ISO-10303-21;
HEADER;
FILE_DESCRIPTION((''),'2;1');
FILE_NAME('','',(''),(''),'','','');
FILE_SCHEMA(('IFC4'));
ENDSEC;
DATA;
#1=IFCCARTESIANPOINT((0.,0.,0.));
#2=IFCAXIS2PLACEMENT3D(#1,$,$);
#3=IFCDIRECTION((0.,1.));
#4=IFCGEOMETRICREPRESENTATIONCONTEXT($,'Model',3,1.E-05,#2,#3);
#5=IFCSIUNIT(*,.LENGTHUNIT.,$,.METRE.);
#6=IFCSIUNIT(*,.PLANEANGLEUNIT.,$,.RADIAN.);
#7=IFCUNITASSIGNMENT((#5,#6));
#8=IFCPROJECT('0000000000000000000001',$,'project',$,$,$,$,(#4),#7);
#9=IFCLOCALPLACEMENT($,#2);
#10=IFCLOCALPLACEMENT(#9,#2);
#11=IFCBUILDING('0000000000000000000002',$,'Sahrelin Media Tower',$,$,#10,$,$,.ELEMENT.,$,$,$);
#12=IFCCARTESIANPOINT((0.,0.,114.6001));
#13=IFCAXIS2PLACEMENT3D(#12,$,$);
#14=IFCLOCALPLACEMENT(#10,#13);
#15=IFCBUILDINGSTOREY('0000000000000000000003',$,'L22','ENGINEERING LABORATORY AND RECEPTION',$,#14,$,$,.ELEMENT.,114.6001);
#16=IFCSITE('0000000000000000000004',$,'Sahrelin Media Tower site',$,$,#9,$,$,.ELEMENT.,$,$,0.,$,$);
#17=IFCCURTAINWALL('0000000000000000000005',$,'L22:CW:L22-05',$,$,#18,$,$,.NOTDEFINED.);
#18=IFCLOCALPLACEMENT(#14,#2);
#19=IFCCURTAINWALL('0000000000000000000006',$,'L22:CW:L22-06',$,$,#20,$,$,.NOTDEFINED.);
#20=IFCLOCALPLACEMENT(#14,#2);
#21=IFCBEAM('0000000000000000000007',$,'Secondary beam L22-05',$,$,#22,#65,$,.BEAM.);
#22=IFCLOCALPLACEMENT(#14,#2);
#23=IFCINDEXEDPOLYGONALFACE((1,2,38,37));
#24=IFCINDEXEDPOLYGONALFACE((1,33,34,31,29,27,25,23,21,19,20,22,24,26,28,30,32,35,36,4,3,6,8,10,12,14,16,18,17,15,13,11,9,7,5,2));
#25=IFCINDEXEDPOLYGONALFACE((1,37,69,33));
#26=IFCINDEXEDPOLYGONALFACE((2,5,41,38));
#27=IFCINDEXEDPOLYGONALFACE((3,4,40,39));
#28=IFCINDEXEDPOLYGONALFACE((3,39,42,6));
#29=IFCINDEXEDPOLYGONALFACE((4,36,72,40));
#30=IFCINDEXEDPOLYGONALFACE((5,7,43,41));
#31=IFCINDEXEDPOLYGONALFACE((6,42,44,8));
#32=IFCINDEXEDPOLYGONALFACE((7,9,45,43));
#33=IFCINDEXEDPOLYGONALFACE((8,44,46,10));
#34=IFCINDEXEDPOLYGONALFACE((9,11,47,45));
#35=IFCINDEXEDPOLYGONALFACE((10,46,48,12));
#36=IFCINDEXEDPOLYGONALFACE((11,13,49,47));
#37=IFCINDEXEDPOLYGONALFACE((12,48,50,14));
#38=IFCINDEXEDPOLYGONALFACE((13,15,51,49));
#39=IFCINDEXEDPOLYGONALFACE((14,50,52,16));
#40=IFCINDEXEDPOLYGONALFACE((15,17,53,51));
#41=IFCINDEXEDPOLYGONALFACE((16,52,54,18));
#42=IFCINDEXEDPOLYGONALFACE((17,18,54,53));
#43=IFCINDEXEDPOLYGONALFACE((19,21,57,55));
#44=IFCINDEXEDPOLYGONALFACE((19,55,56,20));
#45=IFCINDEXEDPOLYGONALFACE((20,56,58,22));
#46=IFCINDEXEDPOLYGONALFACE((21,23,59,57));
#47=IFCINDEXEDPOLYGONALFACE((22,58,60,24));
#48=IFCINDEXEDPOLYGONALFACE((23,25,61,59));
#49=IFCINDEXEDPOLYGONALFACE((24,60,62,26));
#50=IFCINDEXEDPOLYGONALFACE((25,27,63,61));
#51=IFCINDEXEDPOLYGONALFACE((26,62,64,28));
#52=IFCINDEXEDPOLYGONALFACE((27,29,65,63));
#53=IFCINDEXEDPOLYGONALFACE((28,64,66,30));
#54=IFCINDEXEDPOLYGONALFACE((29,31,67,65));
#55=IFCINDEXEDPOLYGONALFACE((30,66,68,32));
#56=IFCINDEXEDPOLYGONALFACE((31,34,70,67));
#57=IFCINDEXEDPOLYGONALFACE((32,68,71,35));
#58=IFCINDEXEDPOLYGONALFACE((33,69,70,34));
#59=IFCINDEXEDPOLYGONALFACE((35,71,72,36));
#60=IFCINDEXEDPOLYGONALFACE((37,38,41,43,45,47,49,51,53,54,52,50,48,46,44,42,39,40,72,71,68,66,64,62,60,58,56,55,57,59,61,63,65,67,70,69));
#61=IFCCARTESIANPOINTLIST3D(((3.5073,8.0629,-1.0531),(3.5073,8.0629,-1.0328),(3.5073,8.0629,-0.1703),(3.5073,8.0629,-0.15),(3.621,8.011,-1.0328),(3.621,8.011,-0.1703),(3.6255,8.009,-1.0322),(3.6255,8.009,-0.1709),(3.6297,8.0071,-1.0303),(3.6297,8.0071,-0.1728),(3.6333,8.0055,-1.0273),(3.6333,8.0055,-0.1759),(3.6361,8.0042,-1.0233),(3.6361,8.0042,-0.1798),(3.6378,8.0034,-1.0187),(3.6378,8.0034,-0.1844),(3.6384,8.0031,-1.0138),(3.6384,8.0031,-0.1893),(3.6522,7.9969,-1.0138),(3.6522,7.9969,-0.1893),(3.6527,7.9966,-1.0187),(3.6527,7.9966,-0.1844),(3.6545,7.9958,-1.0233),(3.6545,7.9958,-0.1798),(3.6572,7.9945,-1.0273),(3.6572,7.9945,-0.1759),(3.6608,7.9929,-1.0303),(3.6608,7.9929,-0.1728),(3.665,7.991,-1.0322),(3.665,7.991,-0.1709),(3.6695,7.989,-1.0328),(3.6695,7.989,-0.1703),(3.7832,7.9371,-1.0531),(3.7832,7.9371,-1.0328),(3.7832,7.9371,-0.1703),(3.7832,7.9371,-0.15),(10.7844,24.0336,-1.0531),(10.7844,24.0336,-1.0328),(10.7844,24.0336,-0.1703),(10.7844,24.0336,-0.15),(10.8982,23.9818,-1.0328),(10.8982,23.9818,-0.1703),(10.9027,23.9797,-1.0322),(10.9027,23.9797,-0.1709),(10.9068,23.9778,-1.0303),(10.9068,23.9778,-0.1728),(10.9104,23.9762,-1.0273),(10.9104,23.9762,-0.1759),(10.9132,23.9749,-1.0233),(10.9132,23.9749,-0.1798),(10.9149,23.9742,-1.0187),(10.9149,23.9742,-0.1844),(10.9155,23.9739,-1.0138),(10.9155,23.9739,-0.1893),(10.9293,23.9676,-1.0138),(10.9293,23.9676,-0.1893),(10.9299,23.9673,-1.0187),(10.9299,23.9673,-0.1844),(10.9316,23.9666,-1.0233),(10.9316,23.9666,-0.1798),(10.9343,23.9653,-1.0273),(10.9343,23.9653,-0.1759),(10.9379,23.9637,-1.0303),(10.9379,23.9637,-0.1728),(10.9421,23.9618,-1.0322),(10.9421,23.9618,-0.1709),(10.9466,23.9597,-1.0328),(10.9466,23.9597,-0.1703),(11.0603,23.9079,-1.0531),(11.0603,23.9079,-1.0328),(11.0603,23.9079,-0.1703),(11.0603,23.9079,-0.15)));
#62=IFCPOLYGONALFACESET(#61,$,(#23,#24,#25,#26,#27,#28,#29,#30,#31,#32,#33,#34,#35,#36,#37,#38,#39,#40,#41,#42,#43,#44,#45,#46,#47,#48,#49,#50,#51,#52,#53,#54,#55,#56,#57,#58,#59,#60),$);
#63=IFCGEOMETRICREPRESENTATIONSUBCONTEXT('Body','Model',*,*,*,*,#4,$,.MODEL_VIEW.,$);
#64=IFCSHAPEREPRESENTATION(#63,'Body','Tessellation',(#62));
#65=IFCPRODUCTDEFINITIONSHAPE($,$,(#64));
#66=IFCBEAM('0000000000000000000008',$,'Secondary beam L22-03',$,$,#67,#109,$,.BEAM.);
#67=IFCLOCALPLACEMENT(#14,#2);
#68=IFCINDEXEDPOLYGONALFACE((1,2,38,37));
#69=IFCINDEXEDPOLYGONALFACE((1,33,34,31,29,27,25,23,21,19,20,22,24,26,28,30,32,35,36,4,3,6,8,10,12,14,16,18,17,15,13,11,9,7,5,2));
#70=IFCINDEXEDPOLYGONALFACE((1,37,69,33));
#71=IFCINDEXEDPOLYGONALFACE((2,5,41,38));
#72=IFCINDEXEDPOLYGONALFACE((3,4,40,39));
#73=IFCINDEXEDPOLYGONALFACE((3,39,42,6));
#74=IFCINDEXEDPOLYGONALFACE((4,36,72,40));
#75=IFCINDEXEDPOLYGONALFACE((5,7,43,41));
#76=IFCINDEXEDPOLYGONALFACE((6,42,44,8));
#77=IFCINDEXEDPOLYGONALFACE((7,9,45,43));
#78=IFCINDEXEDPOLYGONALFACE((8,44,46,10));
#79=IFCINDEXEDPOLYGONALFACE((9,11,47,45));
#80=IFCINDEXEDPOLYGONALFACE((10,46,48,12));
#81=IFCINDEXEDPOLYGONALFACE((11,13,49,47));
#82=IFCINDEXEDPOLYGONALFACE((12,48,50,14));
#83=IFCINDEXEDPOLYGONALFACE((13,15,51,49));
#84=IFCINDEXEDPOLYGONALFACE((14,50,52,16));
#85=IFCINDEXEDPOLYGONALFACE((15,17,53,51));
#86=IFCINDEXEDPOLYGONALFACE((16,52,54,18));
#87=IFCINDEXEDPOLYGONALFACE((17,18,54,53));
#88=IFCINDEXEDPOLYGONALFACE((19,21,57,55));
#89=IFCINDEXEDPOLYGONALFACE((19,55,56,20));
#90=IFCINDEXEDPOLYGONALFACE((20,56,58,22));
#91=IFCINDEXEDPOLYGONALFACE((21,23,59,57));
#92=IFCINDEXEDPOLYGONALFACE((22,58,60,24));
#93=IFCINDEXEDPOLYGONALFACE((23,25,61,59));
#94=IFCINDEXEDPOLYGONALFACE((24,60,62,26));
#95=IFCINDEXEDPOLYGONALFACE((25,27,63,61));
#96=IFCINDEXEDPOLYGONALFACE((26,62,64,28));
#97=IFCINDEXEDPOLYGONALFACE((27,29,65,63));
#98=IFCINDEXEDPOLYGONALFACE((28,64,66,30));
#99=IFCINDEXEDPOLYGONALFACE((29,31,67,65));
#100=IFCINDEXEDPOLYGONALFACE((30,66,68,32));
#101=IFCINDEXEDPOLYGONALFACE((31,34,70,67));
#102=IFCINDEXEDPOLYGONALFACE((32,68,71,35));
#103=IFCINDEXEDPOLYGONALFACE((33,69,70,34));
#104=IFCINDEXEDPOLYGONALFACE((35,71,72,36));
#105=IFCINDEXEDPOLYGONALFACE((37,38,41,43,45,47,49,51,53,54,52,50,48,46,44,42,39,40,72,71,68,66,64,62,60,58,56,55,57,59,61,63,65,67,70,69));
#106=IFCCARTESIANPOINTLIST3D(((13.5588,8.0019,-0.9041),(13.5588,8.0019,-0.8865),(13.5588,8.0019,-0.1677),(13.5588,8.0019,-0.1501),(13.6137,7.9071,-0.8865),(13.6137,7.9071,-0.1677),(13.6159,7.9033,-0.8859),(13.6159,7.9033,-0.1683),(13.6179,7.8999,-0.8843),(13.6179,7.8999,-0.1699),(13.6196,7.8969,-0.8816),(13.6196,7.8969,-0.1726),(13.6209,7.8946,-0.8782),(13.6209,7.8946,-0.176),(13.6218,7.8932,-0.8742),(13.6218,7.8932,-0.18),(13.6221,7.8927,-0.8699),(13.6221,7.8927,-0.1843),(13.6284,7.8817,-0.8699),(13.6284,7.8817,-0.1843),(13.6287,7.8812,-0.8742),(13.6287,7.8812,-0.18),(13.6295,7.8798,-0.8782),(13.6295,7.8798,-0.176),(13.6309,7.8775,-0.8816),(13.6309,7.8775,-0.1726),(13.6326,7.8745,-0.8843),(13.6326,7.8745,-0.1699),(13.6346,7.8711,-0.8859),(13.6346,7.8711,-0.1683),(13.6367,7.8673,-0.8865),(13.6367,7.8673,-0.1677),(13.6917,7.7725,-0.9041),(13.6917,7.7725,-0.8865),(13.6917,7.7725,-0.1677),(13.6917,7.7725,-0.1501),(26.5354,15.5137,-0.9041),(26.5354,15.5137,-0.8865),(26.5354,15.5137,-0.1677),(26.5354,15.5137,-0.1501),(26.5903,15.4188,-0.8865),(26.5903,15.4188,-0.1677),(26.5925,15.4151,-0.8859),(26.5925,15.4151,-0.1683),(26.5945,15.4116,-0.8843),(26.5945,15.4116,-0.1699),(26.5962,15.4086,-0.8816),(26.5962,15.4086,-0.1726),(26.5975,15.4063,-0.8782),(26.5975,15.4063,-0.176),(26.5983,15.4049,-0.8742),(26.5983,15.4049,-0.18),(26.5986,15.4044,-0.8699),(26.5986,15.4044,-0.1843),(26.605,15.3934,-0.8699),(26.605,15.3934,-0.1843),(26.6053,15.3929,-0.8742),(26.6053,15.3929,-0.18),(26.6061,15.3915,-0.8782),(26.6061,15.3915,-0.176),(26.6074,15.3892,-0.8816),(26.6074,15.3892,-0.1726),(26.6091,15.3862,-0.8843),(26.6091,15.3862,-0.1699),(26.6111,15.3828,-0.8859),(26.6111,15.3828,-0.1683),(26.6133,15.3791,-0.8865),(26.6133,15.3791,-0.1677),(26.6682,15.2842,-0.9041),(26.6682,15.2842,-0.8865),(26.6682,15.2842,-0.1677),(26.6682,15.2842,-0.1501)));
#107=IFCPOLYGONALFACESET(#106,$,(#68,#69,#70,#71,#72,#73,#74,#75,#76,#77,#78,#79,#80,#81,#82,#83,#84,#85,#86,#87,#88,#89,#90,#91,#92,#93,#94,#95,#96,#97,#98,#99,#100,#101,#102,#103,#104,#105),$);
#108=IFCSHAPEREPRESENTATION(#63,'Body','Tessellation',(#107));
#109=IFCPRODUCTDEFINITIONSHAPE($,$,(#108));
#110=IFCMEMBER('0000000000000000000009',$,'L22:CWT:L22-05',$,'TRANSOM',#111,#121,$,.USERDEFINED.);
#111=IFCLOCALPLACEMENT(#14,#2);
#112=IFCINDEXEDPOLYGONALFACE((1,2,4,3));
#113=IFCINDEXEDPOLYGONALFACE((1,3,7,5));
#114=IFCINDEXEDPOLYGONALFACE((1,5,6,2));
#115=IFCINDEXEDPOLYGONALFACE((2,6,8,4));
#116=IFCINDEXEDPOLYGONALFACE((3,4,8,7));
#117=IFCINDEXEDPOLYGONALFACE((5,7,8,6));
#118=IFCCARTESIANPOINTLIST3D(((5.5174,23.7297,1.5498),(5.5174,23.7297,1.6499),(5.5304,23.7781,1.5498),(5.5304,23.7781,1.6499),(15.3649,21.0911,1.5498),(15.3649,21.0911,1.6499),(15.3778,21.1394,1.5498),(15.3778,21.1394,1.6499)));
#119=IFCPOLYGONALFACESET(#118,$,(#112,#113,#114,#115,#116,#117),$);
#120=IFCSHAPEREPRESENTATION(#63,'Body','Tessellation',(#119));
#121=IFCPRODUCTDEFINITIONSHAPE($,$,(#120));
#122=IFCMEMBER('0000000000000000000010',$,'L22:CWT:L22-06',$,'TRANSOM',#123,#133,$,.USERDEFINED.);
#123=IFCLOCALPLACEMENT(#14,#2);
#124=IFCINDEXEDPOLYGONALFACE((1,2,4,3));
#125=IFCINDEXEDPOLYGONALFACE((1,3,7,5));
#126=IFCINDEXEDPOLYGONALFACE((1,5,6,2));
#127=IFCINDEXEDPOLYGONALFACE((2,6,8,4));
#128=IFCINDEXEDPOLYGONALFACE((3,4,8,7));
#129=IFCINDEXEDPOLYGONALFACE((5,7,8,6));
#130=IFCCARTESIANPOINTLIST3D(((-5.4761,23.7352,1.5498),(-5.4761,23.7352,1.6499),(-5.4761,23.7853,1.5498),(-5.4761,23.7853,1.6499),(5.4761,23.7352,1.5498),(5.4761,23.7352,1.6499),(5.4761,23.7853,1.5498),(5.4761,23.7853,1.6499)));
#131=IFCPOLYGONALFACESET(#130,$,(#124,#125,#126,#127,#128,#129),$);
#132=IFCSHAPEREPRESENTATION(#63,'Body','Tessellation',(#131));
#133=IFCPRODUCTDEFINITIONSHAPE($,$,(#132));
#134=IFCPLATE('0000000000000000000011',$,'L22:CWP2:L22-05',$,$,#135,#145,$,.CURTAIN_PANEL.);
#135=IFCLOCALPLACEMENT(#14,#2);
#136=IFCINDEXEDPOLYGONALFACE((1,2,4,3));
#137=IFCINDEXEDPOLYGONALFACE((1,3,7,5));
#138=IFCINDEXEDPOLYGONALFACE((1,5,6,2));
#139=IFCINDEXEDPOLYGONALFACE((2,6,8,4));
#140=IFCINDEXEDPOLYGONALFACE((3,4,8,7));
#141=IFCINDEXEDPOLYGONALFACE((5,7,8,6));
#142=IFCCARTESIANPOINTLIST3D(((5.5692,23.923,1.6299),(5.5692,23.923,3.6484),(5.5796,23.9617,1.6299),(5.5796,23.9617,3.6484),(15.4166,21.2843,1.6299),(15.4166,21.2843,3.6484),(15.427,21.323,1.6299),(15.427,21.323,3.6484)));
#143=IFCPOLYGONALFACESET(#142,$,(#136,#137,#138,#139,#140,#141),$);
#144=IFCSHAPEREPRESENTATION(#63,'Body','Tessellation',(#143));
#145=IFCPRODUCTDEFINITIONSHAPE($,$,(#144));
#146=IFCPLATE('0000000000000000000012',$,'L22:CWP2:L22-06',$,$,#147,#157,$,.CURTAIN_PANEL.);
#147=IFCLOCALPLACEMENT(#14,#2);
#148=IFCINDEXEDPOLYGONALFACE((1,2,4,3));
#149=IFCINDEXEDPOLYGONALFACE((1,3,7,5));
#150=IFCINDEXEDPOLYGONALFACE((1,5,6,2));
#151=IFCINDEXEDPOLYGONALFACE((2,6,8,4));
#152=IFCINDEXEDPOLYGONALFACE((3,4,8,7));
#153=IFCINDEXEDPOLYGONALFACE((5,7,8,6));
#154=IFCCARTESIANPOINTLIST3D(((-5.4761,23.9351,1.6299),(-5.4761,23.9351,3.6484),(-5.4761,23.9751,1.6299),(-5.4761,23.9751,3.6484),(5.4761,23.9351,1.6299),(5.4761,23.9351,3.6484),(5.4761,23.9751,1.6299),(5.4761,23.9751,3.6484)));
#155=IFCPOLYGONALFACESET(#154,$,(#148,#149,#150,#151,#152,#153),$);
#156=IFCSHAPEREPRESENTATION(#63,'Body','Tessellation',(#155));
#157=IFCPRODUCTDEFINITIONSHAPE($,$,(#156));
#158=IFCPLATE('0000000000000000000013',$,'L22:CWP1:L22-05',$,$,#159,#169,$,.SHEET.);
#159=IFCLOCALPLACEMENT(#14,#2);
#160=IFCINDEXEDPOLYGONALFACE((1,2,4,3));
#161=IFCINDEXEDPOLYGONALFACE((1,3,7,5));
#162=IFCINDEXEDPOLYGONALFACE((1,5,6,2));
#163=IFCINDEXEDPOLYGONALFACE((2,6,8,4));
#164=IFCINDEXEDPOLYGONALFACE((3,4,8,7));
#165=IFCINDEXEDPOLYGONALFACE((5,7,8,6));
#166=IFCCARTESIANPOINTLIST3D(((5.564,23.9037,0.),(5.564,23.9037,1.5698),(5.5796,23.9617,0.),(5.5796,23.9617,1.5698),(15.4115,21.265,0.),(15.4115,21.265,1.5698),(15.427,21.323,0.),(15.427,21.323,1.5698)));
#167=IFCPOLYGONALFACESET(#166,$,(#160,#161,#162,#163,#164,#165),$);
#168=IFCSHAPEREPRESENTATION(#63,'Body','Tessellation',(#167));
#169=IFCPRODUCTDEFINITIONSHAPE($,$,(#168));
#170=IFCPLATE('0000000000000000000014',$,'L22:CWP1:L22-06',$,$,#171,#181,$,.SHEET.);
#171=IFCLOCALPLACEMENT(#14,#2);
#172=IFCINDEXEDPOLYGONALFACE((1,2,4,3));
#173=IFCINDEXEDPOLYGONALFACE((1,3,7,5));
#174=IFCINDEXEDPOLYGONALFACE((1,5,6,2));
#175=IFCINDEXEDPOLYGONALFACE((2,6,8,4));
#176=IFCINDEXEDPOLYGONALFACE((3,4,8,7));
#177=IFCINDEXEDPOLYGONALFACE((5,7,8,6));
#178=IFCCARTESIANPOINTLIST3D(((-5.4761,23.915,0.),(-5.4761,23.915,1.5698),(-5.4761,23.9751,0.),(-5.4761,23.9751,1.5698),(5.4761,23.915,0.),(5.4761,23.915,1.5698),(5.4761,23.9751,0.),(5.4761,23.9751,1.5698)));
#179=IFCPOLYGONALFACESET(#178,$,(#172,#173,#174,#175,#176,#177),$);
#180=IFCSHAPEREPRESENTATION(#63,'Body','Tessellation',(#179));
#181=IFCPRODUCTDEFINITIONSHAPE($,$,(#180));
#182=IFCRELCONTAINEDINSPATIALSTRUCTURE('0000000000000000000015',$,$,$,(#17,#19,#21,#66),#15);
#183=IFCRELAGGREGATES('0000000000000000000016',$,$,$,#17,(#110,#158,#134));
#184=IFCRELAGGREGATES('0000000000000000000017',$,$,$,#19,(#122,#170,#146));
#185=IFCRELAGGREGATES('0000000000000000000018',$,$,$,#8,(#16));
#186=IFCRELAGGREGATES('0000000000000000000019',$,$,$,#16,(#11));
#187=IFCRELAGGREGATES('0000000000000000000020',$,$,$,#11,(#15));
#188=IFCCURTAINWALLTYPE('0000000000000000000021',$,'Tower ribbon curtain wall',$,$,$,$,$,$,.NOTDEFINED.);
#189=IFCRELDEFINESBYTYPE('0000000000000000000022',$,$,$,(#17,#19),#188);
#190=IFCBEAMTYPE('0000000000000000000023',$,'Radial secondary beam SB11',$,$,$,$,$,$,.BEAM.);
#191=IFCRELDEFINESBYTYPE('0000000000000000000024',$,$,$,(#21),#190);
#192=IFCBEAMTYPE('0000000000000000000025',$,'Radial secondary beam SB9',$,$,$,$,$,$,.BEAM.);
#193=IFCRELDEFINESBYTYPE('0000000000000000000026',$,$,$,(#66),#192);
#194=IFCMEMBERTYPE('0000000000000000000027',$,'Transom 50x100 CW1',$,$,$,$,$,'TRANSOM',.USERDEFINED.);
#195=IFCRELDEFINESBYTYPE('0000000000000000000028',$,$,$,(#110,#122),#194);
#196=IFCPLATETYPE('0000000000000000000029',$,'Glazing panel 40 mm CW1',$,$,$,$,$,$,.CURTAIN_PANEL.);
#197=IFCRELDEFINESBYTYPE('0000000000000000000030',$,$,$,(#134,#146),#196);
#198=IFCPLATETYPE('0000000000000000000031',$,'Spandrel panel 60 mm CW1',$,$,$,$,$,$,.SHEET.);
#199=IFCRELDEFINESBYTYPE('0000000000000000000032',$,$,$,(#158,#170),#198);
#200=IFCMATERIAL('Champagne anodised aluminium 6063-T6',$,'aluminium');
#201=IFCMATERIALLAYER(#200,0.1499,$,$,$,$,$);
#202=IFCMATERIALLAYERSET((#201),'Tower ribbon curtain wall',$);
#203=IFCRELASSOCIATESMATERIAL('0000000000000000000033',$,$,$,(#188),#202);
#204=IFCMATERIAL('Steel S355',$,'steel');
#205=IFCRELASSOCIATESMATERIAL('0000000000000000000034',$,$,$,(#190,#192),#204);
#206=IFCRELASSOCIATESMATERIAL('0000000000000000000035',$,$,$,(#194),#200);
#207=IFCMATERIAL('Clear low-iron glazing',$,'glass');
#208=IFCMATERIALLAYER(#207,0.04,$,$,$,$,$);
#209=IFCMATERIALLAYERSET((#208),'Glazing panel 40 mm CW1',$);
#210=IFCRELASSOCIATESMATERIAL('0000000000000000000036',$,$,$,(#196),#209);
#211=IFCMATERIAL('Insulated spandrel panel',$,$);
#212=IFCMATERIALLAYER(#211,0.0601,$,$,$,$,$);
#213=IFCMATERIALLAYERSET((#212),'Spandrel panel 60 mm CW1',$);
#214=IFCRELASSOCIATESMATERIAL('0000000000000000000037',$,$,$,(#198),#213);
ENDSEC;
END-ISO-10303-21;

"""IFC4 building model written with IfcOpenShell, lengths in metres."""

from ifc_helpers import new_model, si_unit, direction, frame, origin, origin_2d, place, context, subcontext, project, spatial, polyline, rectangle, i_section, outline, extrude, material, layer, layer_set, material_profile, profile_set, type_object, element, aggregate, save


model = new_model("IFC4")

# Units and contexts
model_context = context("Model", 3, precision=1e-05, world=origin(), true_north=direction((0.0, 1.0)))
body_context = subcontext(model_context, "Body", "Model", "MODEL_VIEW")
ifc_project = project(units=[si_unit("LENGTHUNIT", "METRE"), si_unit("PLANEANGLEUNIT", "RADIAN")], contexts=[model_context])

# Site, building, storey
site_placement = place(None, origin())
site = spatial("IfcSite", under=ifc_project, at=site_placement, Name="Sahrelin Media Tower site", CompositionType="ELEMENT", RefElevation=0.0)
building_placement = place(site_placement, origin())
building = spatial("IfcBuilding", under=site, at=building_placement, Name="Sahrelin Media Tower", CompositionType="ELEMENT")
storey_placement = place(building_placement, frame((0.0, 0.0, 114.6001)))
storey = spatial("IfcBuildingStorey", under=building, at=storey_placement, Name="L22", Description="ENGINEERING LABORATORY AND RECEPTION", CompositionType="ELEMENT", Elevation=114.6001)

# Shared definitions
ifc_material_1 = material(Name="Steel S355", Category="steel")

# Curtain walls
ifc_material_2 = material(Name="Champagne anodised aluminium 6063-T6", Category="aluminium")
ifc_layer_1 = layer(ifc_material_2, 0.1499)
ifc_layer_set_1 = layer_set([ifc_layer_1], Name="Tower ribbon curtain wall")
curtain_wall_type = type_object("IfcCurtainWallType", Name="Tower ribbon curtain wall", PredefinedType="NOTDEFINED", material=ifc_layer_set_1)
curtain_wall_1_placement = place(storey_placement, frame((10.498, 22.623, 0.0), z_axis=(0.0, 0.0, 1.0), x_axis=(1.0, 0.0, 0.0)))
curtain_wall_1 = element("IfcCurtainWall", 1, at=curtain_wall_1_placement, inside=storey, type_object=curtain_wall_type, Name="L22:CW:L22-05", PredefinedType="NOTDEFINED")
placement_1 = place(storey_placement, frame((0.0, 23.9551, 0.0), z_axis=(0.0, 0.0, 1.0), x_axis=(1.0, 0.0, 0.0)))
curtain_wall_2 = element("IfcCurtainWall", 2, at=placement_1, inside=storey, type_object=curtain_wall_type, Name="L22:CW:L22-06", PredefinedType="NOTDEFINED")

# Beams
ifc_material_profile_1 = material_profile(ifc_material_1, i_section(OverallWidth=0.3032, OverallDepth=0.9031, WebThickness=0.0151, FlangeThickness=0.0203, FilletRadius=0.019, at=origin_2d()), Name="UB 914x305x201")
ifc_profile_set_1 = profile_set([ifc_material_profile_1], Name="Steel S355")
beam_type_1 = type_object("IfcBeamType", Name="Radial secondary beam SB11", PredefinedType="BEAM", material=ifc_profile_set_1)
beam_1_placement = place(storey_placement, frame((3.6453, 8.0, -0.6016), z_axis=(0.414638, 0.909986, 0.0), x_axis=(-0.909986, 0.414638, 0.0)))
element("IfcBeam", 3, at=beam_1_placement, inside=storey, type_object=beam_type_1, Name="Secondary beam L22-05", PredefinedType="BEAM", context=body_context, shape_type="SweptSolid", body=[
    extrude(i_section(OverallWidth=0.3032, OverallDepth=0.9031, WebThickness=0.0151, FlangeThickness=0.0203, FilletRadius=0.019, at=origin_2d()), origin(), (0.0, 0.0, 1.0), 17.5505),
])
ifc_material_profile_2 = material_profile(ifc_material_1, i_section(OverallWidth=0.2651, OverallDepth=0.7539, WebThickness=0.0127, FlangeThickness=0.0176, FilletRadius=0.0166, at=origin_2d()), Name="UB 762x267x147")
ifc_profile_set_2 = profile_set([ifc_material_profile_2], Name="Steel S355")
beam_type_2 = type_object("IfcBeamType", Name="Radial secondary beam SB9", PredefinedType="BEAM", material=ifc_profile_set_2)
beam_2_placement = place(storey_placement, frame((13.6252, 7.8872, -0.5271), z_axis=(0.865456, 0.500985, 0.0), x_axis=(-0.500985, 0.865456, 0.0)))
element("IfcBeam", 4, at=beam_2_placement, inside=storey, type_object=beam_type_2, Name="Secondary beam L22-03", PredefinedType="BEAM", context=body_context, shape_type="SweptSolid", body=[
    extrude(i_section(OverallWidth=0.2651, OverallDepth=0.7539, WebThickness=0.0127, FlangeThickness=0.0176, FilletRadius=0.0166, at=origin_2d()), origin(), (0.0, 0.0, 1.0), 14.9939),
])

# Members
ifc_material_profile_3 = material_profile(ifc_material_2, rectangle(XDim=0.05, YDim=0.1001, at=origin_2d()), Name="Transom 50x100")
ifc_profile_set_3 = profile_set([ifc_material_profile_3], Name="Champagne anodised aluminium 6063-T6")
member_type_1 = type_object("IfcMemberType", Name="Transom 50x100 CW1", ElementType="TRANSOM", PredefinedType="USERDEFINED", material=ifc_profile_set_3)
member_1_placement = place(storey_placement, frame((15.3713, 21.1152, 1.5999), z_axis=(-0.965924, 0.258825, 0.0), x_axis=(-0.258825, -0.965924, 0.0)))
member_1 = element("IfcMember", 5, at=member_1_placement, type_object=member_type_1, Name="L22:CWT:L22-05", ObjectType="TRANSOM", PredefinedType="USERDEFINED", context=body_context, shape_type="SweptSolid", body=[
    extrude(rectangle(XDim=0.05, YDim=0.1001, at=origin_2d()), origin(), (0.0, 0.0, 1.0), 10.1948),
])
member_2_placement = place(storey_placement, frame((5.4761, 23.7603, 1.5999), z_axis=(-1.0, 0.0, 0.0), x_axis=(0.0, -1.0, 0.0)))
member_2 = element("IfcMember", 6, at=member_2_placement, type_object=member_type_1, Name="L22:CWT:L22-06", ObjectType="TRANSOM", PredefinedType="USERDEFINED", context=body_context, shape_type="SweptSolid", body=[
    extrude(rectangle(XDim=0.05, YDim=0.1001, at=origin_2d()), origin(), (0.0, 0.0, 1.0), 10.9521),
])

# Plates
ifc_material_3 = material(Name="Clear low-iron glazing", Category="glass")
ifc_layer_2 = layer(ifc_material_3, 0.04)
ifc_layer_set_2 = layer_set([ifc_layer_2], Name="Glazing panel 40 mm CW1")
plate_type_1 = type_object("IfcPlateType", Name="Glazing panel 40 mm CW1", PredefinedType="CURTAIN_PANEL", material=ifc_layer_set_2)
plate_1_placement = place(storey_placement, frame((15.427, 21.323, 1.6299), z_axis=(0.258825, 0.965924, 0.0), x_axis=(-0.965924, 0.258825, 0.0)))
plate_1 = element("IfcPlate", 7, at=plate_1_placement, type_object=plate_type_1, Name="L22:CWP2:L22-05", PredefinedType="CURTAIN_PANEL", context=body_context, shape_type="SweptSolid", body=[
    extrude(outline(polyline([(0.0, 0.0), (10.1948, 0.0), (10.1948, 2.0186), (0.0, 2.0186), (0.0, 0.0)])), origin(), (0.0, 0.0, -1.0), 0.04),
])
plate_2_placement = place(storey_placement, frame((5.4761, 23.9751, 1.6299), z_axis=(0.0, 1.0, 0.0), x_axis=(-1.0, 0.0, 0.0)))
plate_2 = element("IfcPlate", 8, at=plate_2_placement, type_object=plate_type_1, Name="L22:CWP2:L22-06", PredefinedType="CURTAIN_PANEL", context=body_context, shape_type="SweptSolid", body=[
    extrude(outline(polyline([(0.0, 0.0), (10.9521, 0.0), (10.9521, 2.0186), (0.0, 2.0186), (0.0, 0.0)])), origin(), (0.0, 0.0, -1.0), 0.04),
])
ifc_material_4 = material(Name="Insulated spandrel panel")
ifc_layer_3 = layer(ifc_material_4, 0.0601)
ifc_layer_set_3 = layer_set([ifc_layer_3], Name="Spandrel panel 60 mm CW1")
plate_type_2 = type_object("IfcPlateType", Name="Spandrel panel 60 mm CW1", PredefinedType="SHEET", material=ifc_layer_set_3)
plate_3_placement = place(storey_placement, frame((15.427, 21.323, 0.0), z_axis=(0.258825, 0.965924, 0.0), x_axis=(-0.965924, 0.258825, 0.0)))
plate_3 = element("IfcPlate", 9, at=plate_3_placement, type_object=plate_type_2, Name="L22:CWP1:L22-05", PredefinedType="SHEET", context=body_context, shape_type="SweptSolid", body=[
    extrude(outline(polyline([(0.0, 0.0), (10.1948, 0.0), (10.1948, 1.5698), (0.0, 1.5698), (0.0, 0.0)])), origin(), (0.0, 0.0, -1.0), 0.0601),
])
aggregate(curtain_wall_1, [member_1, plate_3, plate_1])
plate_4_placement = place(storey_placement, frame((5.4761, 23.9751, 0.0), z_axis=(0.0, 1.0, 0.0), x_axis=(-1.0, 0.0, 0.0)))
plate_4 = element("IfcPlate", 10, at=plate_4_placement, type_object=plate_type_2, Name="L22:CWP1:L22-06", PredefinedType="SHEET", context=body_context, shape_type="SweptSolid", body=[
    extrude(outline(polyline([(0.0, 0.0), (10.9521, 0.0), (10.9521, 1.5698), (0.0, 1.5698), (0.0, 0.0)])), origin(), (0.0, 0.0, -1.0), 0.0601),
])
aggregate(curtain_wall_2, [member_2, plate_4, plate_2])

save(model, "model.ifc")
